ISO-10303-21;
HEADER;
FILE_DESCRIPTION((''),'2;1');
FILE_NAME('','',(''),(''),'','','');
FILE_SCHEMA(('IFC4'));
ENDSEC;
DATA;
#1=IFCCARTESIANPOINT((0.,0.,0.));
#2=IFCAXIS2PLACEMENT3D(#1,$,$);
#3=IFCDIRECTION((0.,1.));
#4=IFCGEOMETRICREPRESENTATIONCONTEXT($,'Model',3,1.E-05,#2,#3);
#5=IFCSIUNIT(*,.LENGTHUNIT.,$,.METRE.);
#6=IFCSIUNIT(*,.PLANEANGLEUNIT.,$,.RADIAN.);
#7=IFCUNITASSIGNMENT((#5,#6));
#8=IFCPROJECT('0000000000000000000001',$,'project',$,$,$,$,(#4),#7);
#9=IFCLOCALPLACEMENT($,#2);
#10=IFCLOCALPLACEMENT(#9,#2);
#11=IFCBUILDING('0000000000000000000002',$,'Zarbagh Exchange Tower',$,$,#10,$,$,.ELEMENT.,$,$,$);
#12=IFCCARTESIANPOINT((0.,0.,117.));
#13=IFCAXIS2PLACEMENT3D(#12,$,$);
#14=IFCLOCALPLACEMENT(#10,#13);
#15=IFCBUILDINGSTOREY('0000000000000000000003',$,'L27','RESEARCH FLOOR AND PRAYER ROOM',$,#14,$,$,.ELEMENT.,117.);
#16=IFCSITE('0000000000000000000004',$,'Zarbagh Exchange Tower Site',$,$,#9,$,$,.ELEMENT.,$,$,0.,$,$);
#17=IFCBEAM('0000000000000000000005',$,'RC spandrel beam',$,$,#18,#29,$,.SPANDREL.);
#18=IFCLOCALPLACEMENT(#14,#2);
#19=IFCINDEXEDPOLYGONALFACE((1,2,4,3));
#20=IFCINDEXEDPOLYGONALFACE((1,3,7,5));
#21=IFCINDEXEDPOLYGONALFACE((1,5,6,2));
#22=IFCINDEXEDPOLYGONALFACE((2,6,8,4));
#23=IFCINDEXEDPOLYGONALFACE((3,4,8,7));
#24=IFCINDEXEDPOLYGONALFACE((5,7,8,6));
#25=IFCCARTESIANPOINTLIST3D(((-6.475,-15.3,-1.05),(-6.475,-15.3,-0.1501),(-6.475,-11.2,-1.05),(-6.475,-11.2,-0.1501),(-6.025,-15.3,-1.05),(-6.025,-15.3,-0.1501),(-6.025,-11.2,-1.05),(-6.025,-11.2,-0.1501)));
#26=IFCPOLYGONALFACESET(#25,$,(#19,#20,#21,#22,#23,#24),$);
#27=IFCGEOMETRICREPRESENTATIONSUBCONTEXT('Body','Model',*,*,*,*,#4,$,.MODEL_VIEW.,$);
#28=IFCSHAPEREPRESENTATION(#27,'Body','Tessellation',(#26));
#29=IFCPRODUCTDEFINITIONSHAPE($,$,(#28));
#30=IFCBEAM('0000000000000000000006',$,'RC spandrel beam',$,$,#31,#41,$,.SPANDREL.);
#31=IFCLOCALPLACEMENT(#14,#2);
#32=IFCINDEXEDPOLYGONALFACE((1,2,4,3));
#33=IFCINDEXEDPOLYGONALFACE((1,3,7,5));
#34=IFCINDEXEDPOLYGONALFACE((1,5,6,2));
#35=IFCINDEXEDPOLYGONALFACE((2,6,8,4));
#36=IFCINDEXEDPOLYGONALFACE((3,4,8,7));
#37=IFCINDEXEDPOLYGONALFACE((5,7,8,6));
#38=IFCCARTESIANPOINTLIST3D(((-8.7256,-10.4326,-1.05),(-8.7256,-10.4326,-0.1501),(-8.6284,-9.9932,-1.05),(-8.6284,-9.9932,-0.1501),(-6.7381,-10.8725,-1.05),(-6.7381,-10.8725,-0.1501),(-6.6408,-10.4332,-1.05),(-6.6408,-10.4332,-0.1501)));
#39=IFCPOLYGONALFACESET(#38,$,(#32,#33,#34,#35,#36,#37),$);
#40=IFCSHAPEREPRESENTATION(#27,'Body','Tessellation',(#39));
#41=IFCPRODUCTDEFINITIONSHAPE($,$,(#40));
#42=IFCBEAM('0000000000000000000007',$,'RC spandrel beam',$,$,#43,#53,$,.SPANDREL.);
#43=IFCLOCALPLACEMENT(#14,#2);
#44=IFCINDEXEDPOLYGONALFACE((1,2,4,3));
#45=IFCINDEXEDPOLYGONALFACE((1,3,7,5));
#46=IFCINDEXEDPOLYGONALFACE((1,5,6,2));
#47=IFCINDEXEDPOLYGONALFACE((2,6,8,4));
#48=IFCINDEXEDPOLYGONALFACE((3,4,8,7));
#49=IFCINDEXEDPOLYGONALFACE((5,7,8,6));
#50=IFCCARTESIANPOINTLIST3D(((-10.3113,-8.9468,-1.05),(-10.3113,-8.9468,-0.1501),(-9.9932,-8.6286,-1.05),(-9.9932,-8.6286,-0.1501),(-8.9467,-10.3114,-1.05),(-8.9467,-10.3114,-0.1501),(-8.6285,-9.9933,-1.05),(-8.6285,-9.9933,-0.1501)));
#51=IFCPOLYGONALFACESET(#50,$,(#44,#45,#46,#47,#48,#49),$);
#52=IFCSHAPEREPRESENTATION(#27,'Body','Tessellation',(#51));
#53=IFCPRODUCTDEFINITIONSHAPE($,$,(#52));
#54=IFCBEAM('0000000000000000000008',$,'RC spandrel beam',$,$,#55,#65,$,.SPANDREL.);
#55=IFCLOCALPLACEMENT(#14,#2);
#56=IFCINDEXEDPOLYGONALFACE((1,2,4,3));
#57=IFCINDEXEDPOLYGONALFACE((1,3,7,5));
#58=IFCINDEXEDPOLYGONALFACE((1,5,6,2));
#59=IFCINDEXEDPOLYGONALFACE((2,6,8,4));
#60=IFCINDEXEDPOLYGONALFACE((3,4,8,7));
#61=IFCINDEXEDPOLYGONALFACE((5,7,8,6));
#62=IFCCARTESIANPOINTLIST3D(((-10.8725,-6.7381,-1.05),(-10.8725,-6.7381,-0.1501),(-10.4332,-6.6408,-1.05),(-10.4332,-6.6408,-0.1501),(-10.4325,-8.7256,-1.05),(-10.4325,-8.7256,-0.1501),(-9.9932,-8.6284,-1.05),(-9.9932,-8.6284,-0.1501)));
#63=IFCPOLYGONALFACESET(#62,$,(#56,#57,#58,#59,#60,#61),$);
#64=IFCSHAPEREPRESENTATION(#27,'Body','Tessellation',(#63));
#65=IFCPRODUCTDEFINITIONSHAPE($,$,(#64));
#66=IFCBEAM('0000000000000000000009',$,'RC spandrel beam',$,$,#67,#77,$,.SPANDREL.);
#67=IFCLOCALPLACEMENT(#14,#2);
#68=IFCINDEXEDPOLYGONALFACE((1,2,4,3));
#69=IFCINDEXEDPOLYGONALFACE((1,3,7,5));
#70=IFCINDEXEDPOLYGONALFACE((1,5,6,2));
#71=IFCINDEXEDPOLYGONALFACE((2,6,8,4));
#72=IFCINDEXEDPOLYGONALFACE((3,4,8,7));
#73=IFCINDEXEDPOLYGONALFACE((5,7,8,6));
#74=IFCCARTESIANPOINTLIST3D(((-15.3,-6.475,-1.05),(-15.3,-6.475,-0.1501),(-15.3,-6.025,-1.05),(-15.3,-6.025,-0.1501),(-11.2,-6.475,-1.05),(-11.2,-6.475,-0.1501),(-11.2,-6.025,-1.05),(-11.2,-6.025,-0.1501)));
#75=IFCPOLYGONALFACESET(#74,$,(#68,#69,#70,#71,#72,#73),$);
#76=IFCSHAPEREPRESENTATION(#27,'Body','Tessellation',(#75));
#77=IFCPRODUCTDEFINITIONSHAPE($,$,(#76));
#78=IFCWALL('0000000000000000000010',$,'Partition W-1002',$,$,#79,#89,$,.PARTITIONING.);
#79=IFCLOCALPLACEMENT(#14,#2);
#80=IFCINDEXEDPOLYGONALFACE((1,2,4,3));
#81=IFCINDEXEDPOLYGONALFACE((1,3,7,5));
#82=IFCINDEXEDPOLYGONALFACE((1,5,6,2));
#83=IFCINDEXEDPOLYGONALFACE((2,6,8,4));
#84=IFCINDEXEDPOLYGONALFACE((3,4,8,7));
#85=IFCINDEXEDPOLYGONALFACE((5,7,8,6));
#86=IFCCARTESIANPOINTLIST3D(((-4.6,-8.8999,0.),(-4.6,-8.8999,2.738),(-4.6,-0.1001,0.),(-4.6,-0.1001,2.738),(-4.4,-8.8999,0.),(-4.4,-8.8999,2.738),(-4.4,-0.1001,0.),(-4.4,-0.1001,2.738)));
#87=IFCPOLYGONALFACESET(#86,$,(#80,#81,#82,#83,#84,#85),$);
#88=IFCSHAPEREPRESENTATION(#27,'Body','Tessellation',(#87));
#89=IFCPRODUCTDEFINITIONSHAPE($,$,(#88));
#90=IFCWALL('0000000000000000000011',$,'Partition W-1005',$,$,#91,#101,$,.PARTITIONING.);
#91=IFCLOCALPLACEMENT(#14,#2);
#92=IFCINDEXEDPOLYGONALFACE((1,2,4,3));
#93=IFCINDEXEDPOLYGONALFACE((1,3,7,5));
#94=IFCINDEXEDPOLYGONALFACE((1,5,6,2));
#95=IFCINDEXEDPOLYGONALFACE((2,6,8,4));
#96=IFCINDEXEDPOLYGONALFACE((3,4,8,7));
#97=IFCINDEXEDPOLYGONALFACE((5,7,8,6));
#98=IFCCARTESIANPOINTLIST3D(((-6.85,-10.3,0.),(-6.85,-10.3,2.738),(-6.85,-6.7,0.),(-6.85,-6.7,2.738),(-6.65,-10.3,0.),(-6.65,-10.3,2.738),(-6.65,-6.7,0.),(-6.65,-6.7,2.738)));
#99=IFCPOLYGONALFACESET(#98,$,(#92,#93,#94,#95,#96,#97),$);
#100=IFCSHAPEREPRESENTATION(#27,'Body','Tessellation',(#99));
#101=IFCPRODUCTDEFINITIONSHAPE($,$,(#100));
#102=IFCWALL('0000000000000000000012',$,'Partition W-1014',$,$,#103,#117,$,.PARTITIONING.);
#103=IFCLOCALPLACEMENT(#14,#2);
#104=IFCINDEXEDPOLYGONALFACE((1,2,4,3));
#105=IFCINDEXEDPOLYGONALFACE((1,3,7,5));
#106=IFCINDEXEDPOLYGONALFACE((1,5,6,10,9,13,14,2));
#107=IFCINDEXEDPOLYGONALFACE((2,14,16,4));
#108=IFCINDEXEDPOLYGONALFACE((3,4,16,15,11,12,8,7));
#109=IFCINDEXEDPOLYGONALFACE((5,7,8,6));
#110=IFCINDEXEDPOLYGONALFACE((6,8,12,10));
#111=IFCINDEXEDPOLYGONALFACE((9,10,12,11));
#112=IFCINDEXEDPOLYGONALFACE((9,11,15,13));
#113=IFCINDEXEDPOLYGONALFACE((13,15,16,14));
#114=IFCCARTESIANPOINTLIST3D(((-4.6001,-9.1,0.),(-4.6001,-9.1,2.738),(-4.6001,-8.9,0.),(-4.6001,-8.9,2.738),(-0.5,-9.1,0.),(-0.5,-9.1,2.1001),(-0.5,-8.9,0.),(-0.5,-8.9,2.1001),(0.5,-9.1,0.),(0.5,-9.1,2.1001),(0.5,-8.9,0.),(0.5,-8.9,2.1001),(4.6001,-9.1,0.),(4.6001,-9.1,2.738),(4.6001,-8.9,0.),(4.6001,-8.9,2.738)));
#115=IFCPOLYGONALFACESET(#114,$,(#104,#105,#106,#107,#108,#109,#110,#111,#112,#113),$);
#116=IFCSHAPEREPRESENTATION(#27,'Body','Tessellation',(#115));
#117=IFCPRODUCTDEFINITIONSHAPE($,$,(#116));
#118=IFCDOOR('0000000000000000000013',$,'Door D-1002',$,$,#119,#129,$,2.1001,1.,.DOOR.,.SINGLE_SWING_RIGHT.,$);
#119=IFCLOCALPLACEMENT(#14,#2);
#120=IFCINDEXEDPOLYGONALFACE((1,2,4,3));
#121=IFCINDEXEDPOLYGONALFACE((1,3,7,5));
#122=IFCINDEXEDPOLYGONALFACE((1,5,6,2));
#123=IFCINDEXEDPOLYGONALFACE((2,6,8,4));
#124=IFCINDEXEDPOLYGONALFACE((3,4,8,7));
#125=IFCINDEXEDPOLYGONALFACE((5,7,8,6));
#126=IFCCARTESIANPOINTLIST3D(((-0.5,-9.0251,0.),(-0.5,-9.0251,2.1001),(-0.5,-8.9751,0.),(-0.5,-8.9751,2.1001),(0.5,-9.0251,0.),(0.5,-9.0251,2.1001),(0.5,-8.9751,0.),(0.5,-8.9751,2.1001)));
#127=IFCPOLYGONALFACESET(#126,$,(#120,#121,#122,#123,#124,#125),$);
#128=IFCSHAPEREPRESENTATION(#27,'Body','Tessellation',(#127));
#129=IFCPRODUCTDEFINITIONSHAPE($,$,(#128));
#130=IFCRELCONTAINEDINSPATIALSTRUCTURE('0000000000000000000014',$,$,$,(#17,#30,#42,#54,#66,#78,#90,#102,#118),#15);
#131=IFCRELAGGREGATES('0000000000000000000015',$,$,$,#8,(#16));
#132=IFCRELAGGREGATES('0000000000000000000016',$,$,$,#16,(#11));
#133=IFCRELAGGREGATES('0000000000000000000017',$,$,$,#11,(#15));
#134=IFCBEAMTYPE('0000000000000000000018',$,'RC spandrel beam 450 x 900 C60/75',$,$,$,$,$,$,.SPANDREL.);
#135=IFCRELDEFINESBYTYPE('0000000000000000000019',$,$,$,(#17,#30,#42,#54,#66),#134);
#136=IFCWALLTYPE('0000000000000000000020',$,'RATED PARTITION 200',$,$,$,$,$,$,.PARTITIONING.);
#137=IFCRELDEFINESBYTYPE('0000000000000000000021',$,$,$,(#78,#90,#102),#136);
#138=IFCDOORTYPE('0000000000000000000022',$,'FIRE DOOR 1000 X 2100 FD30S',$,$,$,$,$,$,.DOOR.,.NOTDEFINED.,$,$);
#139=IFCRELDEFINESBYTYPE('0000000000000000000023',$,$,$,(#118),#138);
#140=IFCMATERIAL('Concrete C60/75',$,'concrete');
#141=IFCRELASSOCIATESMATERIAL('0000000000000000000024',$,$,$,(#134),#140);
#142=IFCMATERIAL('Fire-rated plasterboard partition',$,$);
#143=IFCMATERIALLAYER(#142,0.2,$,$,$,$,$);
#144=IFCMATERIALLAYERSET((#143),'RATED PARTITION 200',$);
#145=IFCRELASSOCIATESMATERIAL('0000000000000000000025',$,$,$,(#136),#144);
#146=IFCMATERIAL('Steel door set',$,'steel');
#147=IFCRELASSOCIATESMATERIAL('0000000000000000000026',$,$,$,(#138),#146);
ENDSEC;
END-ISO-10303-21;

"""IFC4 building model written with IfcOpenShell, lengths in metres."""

from ifc_helpers import new_model, si_unit, direction, frame, frame_2d, origin, origin_2d, place, context, subcontext, project, spatial, rectangle, extrude, material, layer, layer_set, material_profile, profile_set, type_object, element, fill, save


model = new_model("IFC4")

# Units and contexts
model_context = context("Model", 3, precision=1e-05, world=origin(), true_north=direction((0.0, 1.0)))
body_context = subcontext(model_context, "Body", "Model", "MODEL_VIEW")
ifc_project = project(units=[si_unit("LENGTHUNIT", "METRE"), si_unit("PLANEANGLEUNIT", "RADIAN")], contexts=[model_context])

# Site, building, storey
site_placement = place(None, origin())
site = spatial("IfcSite", under=ifc_project, at=site_placement, Name="Zarbagh Exchange Tower Site", CompositionType="ELEMENT", RefElevation=0.0)
building_placement = place(site_placement, origin())
building = spatial("IfcBuilding", under=site, at=building_placement, Name="Zarbagh Exchange Tower", CompositionType="ELEMENT")
storey_placement = place(building_placement, frame((0.0, 0.0, 117.0)))
storey = spatial("IfcBuildingStorey", under=building, at=storey_placement, Name="L27", Description="RESEARCH FLOOR AND PRAYER ROOM", CompositionType="ELEMENT", Elevation=117.0)

# Shared definitions
ifc_material_1 = material(Name="Concrete C60/75", Category="concrete")

# Beams
ifc_material_profile_1 = material_profile(ifc_material_1, rectangle(XDim=0.45, YDim=0.8999, at=origin_2d()), Name="RC spandrel beam 450 x 900 C60/75")
ifc_profile_set_1 = profile_set([ifc_material_profile_1], Name="Concrete C60/75")
beam_type_1 = type_object("IfcBeamType", Name="RC spandrel beam 450 x 900 C60/75", PredefinedType="SPANDREL", material=ifc_profile_set_1)
beam_1_placement = place(storey_placement, frame((-6.25, -15.3, -0.6001), z_axis=(0.0, 1.0, 0.0), x_axis=(-1.0, 0.0, 0.0)))
element("IfcBeam", 1, at=beam_1_placement, inside=storey, type_object=beam_type_1, Name="RC spandrel beam", PredefinedType="SPANDREL", context=body_context, shape_type="SweptSolid", body=[
    extrude(rectangle(XDim=0.45, YDim=0.8999, at=origin_2d()), origin(), (0.0, 0.0, 1.0), 4.1001),
])
beam_2_placement = place(storey_placement, frame((-6.6895, -10.6528, -0.6001), z_axis=(-0.976367, 0.216118, 0.0), x_axis=(-0.216118, -0.976367, 0.0)))
element("IfcBeam", 2, at=beam_2_placement, inside=storey, type_object=beam_type_1, Name="RC spandrel beam", PredefinedType="SPANDREL", context=body_context, shape_type="SweptSolid", body=[
    extrude(rectangle(XDim=0.45, YDim=0.8999, at=origin_2d()), origin(), (0.0, 0.0, 1.0), 2.0356),
])
beam_3_placement = place(storey_placement, frame((-8.7876, -10.1523, -0.6001), z_axis=(-0.707107, 0.707107, 0.0), x_axis=(-0.707107, -0.707107, 0.0)))
element("IfcBeam", 3, at=beam_3_placement, inside=storey, type_object=beam_type_1, Name="RC spandrel beam", PredefinedType="SPANDREL", context=body_context, shape_type="SweptSolid", body=[
    extrude(rectangle(XDim=0.45, YDim=0.8999, at=origin_2d()), origin(), (0.0, 0.0, 1.0), 1.9299),
])
beam_4_placement = place(storey_placement, frame((-10.2129, -8.677, -0.6001), z_axis=(-0.216118, 0.976367, 0.0), x_axis=(-0.976367, -0.216118, 0.0)))
element("IfcBeam", 4, at=beam_4_placement, inside=storey, type_object=beam_type_1, Name="RC spandrel beam", PredefinedType="SPANDREL", context=body_context, shape_type="SweptSolid", body=[
    extrude(rectangle(XDim=0.45, YDim=0.8999, at=origin_2d()), origin(), (0.0, 0.0, 1.0), 2.0356),
])
beam_5_placement = place(storey_placement, frame((-11.2, -6.25, -0.6001), z_axis=(-1.0, 0.0, 0.0), x_axis=(0.0, -1.0, 0.0)))
element("IfcBeam", 5, at=beam_5_placement, inside=storey, type_object=beam_type_1, Name="RC spandrel beam", PredefinedType="SPANDREL", context=body_context, shape_type="SweptSolid", body=[
    extrude(rectangle(XDim=0.45, YDim=0.8999, at=origin_2d()), origin(), (0.0, 0.0, 1.0), 4.1001),
])

# Walls
ifc_material_2 = material(Name="Fire-rated plasterboard partition")
ifc_layer = layer(ifc_material_2, 0.2)
ifc_layer_set = layer_set([ifc_layer], Name="RATED PARTITION 200")
wall_type = type_object("IfcWallType", Name="RATED PARTITION 200", PredefinedType="PARTITIONING", material=ifc_layer_set)
wall_1_placement = place(storey_placement, frame((-4.5, -8.8999, 0.0), z_axis=(0.0, 0.0, 1.0), x_axis=(0.0, 1.0, 0.0)))
element("IfcWall", 6, at=wall_1_placement, inside=storey, type_object=wall_type, Name="Partition W-1002", PredefinedType="PARTITIONING", context=body_context, shape_type="SweptSolid", body=[
    extrude(rectangle(XDim=8.7998, YDim=0.2, at=frame_2d((4.3999, 0.0))), origin(), (0.0, 0.0, 1.0), 2.738),
])
wall_2_placement = place(storey_placement, frame((-6.75, -10.3, 0.0), z_axis=(0.0, 0.0, 1.0), x_axis=(0.0, 1.0, 0.0)))
element("IfcWall", 7, at=wall_2_placement, inside=storey, type_object=wall_type, Name="Partition W-1005", PredefinedType="PARTITIONING", context=body_context, shape_type="SweptSolid", body=[
    extrude(rectangle(XDim=3.6001, YDim=0.2, at=frame_2d((1.8, 0.0))), origin(), (0.0, 0.0, 1.0), 2.738),
])

# Wall, opening, door
wall_3_placement = place(storey_placement, frame((-4.6001, -9.0, 0.0), z_axis=(0.0, 0.0, 1.0), x_axis=(1.0, 0.0, 0.0)))
wall_3 = element("IfcWall", 8, at=wall_3_placement, inside=storey, type_object=wall_type, Name="Partition W-1014", PredefinedType="PARTITIONING", context=body_context, shape_type="SweptSolid", body=[
    extrude(rectangle(XDim=9.2002, YDim=0.2, at=frame_2d((4.6001, 0.0))), origin(), (0.0, 0.0, 1.0), 2.738),
])
opening_placement = place(wall_3_placement, frame((4.1001, 0.0, 0.0)))
opening = element("IfcOpeningElement", 9, at=opening_placement, cuts=wall_3, PredefinedType="OPENING", context=body_context, shape_type="SweptSolid", body=[
    extrude(rectangle(XDim=1.0, YDim=2.1001, at=frame_2d((0.5, 1.05))), frame((0.0, 0.1099, 0.0), z_axis=(0.0, -1.0, 0.0), x_axis=(1.0, 0.0, 0.0)), (0.0, 0.0, 1.0), 0.22),
])
ifc_material_3 = material(Name="Steel door set", Category="steel")
door_type = type_object("IfcDoorType", Name="FIRE DOOR 1000 X 2100 FD30S", OperationType="NOTDEFINED", PredefinedType="DOOR", material=ifc_material_3)
door_placement = place(opening_placement, origin())
door = element("IfcDoor", 10, at=door_placement, inside=storey, type_object=door_type, Name="Door D-1002", OperationType="SINGLE_SWING_RIGHT", OverallHeight=2.1001, OverallWidth=1.0, PredefinedType="DOOR", context=body_context, shape_type="SweptSolid", body=[
    extrude(rectangle(XDim=1.0, YDim=2.1001, at=frame_2d((0.5, 1.05))), frame((0.0, 0.0249, 0.0), z_axis=(0.0, -1.0, 0.0), x_axis=(1.0, 0.0, 0.0)), (0.0, 0.0, 1.0), 0.05),
])
fill(opening, door)

save(model, "model.ifc")
